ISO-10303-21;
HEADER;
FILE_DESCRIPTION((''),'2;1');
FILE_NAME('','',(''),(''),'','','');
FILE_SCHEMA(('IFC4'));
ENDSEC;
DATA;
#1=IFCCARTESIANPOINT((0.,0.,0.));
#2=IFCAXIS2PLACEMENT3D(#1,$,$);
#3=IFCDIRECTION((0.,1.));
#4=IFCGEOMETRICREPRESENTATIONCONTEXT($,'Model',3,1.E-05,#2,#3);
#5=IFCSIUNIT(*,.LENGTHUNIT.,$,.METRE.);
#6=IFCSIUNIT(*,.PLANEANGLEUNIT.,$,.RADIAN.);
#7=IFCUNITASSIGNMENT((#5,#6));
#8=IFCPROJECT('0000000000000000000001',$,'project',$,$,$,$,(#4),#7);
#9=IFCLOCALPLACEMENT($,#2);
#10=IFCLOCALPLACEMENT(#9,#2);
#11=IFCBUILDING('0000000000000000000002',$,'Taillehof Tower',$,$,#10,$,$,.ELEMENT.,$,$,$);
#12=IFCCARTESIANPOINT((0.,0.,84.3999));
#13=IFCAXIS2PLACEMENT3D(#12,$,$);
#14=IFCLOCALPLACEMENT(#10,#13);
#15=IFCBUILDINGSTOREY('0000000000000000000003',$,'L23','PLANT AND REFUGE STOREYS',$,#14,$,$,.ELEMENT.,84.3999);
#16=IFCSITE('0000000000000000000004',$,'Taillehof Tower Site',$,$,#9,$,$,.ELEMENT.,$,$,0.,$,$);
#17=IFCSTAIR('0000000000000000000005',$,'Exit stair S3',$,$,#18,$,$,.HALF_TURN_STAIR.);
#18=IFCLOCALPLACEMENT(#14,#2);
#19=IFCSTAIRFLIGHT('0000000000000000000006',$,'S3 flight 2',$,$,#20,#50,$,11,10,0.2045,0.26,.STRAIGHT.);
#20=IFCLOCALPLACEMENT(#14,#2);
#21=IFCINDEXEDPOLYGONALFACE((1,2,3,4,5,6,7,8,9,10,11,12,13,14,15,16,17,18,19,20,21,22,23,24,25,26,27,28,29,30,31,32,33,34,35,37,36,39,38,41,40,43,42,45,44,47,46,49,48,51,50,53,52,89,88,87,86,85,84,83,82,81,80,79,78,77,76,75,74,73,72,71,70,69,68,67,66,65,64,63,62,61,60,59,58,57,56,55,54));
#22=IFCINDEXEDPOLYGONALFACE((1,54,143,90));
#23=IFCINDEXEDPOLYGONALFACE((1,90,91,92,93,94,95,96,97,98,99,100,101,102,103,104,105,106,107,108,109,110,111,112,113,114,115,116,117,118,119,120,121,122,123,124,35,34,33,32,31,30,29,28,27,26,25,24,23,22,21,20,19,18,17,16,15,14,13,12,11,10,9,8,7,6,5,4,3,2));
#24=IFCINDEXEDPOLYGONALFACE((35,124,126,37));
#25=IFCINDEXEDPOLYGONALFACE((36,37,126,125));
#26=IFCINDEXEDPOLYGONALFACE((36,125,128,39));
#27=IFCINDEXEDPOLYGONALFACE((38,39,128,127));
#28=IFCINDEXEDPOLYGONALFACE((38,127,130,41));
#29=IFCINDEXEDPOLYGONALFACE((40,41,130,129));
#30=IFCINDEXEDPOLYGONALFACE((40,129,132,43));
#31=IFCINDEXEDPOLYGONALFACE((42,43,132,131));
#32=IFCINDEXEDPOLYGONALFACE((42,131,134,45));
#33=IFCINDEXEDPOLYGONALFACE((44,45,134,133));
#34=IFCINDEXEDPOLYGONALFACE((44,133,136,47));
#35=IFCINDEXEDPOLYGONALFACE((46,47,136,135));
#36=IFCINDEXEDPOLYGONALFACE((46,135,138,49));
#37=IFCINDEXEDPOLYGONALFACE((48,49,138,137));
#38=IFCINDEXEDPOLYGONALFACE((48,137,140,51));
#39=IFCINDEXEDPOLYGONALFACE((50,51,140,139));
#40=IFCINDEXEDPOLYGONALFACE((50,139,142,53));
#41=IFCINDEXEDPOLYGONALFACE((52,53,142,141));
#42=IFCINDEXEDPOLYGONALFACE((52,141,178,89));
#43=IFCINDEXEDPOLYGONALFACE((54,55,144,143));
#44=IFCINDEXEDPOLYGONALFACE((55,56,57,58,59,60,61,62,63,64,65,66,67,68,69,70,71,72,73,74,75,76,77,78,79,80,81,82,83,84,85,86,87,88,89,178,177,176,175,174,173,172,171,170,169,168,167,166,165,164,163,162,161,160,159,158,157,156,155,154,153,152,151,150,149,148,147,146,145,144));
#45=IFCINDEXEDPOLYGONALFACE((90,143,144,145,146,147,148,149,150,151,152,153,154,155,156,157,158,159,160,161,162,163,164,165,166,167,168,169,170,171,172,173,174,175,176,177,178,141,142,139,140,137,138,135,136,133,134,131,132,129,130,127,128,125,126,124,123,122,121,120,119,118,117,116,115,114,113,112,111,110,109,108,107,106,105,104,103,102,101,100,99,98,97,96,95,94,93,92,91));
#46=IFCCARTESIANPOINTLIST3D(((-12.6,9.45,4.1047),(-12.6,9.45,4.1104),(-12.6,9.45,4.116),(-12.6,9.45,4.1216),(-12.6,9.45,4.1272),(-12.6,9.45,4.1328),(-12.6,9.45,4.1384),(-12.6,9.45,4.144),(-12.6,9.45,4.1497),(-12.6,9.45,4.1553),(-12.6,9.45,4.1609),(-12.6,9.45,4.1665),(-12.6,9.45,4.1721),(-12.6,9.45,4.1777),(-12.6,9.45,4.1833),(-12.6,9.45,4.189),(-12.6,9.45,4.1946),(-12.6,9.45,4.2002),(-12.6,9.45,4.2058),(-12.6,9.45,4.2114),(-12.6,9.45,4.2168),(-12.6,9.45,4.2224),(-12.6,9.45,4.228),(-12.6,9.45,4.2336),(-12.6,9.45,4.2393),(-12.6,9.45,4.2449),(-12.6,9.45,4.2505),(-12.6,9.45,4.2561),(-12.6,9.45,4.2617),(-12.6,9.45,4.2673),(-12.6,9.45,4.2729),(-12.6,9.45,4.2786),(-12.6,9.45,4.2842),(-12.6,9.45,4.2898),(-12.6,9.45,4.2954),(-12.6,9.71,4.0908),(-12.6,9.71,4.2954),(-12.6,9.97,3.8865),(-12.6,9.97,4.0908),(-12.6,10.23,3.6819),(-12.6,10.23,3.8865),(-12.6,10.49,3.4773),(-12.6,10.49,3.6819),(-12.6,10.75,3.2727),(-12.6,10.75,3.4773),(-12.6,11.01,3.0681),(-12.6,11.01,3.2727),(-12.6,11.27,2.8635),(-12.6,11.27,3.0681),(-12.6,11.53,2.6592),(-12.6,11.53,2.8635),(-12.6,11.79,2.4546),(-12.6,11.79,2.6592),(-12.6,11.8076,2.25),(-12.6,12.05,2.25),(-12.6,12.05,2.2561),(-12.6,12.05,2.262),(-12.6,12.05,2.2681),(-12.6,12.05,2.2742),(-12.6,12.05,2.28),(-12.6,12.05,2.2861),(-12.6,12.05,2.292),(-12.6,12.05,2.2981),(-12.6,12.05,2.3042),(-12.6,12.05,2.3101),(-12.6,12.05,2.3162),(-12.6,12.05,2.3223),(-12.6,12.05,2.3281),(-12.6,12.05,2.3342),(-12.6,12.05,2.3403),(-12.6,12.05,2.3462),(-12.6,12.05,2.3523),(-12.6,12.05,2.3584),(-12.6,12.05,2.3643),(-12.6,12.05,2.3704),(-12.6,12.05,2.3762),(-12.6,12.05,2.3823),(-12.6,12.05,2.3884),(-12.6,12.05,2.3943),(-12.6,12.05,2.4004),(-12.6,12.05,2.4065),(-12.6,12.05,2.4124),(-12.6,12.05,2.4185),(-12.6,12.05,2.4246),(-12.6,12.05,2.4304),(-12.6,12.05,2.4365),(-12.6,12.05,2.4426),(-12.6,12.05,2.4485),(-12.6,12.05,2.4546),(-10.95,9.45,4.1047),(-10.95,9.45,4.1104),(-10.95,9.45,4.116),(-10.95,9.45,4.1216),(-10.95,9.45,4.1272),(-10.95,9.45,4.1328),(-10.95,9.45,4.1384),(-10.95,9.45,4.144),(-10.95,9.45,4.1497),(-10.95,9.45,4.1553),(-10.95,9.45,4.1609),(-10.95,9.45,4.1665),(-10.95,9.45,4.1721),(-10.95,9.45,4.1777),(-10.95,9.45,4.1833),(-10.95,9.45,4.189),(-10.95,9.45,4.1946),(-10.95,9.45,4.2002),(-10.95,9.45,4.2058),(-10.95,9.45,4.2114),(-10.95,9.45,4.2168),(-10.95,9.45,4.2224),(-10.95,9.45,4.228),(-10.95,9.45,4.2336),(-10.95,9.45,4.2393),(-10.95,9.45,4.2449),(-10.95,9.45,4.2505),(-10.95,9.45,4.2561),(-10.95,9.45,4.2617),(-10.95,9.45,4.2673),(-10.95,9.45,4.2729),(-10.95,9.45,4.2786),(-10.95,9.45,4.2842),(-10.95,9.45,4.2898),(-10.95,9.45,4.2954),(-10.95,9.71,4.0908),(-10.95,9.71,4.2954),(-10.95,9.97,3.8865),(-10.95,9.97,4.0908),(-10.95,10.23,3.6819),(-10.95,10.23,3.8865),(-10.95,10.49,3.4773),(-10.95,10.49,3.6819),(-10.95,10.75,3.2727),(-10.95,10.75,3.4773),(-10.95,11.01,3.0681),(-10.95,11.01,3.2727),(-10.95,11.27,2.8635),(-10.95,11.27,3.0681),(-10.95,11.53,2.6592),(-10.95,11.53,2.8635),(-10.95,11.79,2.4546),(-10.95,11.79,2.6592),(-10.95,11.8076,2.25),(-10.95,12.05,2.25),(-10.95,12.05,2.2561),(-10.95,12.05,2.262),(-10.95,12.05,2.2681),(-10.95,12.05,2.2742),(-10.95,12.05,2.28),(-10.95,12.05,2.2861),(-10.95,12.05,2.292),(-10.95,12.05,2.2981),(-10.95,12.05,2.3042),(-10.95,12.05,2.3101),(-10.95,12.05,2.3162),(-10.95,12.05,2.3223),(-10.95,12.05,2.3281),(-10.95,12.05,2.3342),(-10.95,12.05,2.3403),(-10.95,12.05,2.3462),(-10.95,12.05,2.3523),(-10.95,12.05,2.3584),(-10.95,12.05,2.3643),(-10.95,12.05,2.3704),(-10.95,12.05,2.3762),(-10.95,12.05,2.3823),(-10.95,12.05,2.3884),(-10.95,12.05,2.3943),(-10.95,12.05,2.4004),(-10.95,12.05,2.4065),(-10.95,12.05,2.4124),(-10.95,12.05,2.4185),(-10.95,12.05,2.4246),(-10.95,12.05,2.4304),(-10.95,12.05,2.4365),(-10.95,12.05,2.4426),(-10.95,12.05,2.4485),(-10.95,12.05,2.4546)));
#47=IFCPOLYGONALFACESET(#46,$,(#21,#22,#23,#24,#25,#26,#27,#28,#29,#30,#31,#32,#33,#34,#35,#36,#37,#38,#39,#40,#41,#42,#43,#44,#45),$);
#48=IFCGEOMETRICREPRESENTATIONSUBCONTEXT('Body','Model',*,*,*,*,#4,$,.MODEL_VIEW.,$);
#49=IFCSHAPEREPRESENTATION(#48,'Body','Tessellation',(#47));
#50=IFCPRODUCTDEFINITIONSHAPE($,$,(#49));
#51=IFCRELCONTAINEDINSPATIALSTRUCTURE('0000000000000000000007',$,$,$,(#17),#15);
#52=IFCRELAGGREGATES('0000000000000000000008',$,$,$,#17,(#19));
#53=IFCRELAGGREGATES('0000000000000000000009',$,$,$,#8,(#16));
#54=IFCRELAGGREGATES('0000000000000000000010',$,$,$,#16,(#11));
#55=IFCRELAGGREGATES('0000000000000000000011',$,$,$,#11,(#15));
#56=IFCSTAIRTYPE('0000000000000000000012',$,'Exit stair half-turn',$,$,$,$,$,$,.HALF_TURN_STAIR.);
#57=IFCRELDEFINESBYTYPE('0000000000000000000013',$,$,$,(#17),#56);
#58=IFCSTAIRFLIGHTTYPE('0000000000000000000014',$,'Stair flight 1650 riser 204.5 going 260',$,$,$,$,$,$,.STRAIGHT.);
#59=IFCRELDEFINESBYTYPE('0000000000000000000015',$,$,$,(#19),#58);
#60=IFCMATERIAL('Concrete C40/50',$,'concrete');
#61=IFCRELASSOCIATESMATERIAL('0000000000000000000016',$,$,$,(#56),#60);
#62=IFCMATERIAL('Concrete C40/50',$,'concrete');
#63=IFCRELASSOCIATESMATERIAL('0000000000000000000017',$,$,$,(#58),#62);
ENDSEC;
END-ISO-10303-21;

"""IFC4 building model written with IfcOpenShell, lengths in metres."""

from ifc_helpers import new_model, si_unit, direction, frame, origin, place, context, subcontext, project, spatial, polyline, outline, extrude, material, type_object, element, aggregate, save


model = new_model("IFC4")

# Units and contexts
model_context = context("Model", 3, precision=1e-05, world=origin(), true_north=direction((0.0, 1.0)))
body_context = subcontext(model_context, "Body", "Model", "MODEL_VIEW")
ifc_project = project(units=[si_unit("LENGTHUNIT", "METRE"), si_unit("PLANEANGLEUNIT", "RADIAN")], contexts=[model_context])

# Site, building, storey
site_placement = place(None, origin())
site = spatial("IfcSite", under=ifc_project, at=site_placement, Name="Taillehof Tower Site", CompositionType="ELEMENT", RefElevation=0.0)
building_placement = place(site_placement, origin())
building = spatial("IfcBuilding", under=site, at=building_placement, Name="Taillehof Tower", CompositionType="ELEMENT")
storey_placement = place(building_placement, frame((0.0, 0.0, 84.3999)))
storey = spatial("IfcBuildingStorey", under=building, at=storey_placement, Name="L23", Description="PLANT AND REFUGE STOREYS", CompositionType="ELEMENT", Elevation=84.3999)

# Stair, stair flight
ifc_material_1 = material(Name="Concrete C40/50", Category="concrete")
stair_type = type_object("IfcStairType", Name="Exit stair half-turn", PredefinedType="HALF_TURN_STAIR", material=ifc_material_1)
stair_placement = place(storey_placement, origin())
stair = element("IfcStair", 1, at=stair_placement, inside=storey, type_object=stair_type, Name="Exit stair S3", PredefinedType="HALF_TURN_STAIR")
ifc_material_2 = material(Name="Concrete C40/50", Category="concrete")
stair_flight_type = type_object("IfcStairFlightType", Name="Stair flight 1650 riser 204.5 going 260", PredefinedType="STRAIGHT", material=ifc_material_2)
stair_flight_1_placement = place(storey_placement, frame((-11.7749, 12.05, 2.25), z_axis=(0.0, 0.0, 1.0), x_axis=(0.0, -1.0, 0.0)))
stair_flight_1 = element("IfcStairFlight", 2, at=stair_flight_1_placement, type_object=stair_flight_type, Name="S3 flight 2", NumberOfRisers=11, NumberOfTreads=10, PredefinedType="STRAIGHT", RiserHeight=0.2045, TreadLength=0.26, context=body_context, shape_type="SweptSolid", body=[
    extrude(outline(polyline([(0.0, 0.0), (0.0, 0.0061), (0.0, 0.012), (0.0, 0.0181), (0.0, 0.0242), (0.0, 0.03), (0.0, 0.0361), (0.0, 0.042), (0.0, 0.0481), (0.0, 0.0542), (0.0, 0.0601), (0.0, 0.0662), (0.0, 0.0723), (0.0, 0.0781), (0.0, 0.0842), (0.0, 0.0903), (0.0, 0.0962), (0.0, 0.1023), (0.0, 0.1084), (0.0, 0.1143), (0.0, 0.1204), (0.0, 0.1262), (0.0, 0.1323), (0.0, 0.1384), (0.0, 0.1443), (0.0, 0.1504), (0.0, 0.1565), (0.0, 0.1624), (0.0, 0.1685), (0.0, 0.1746), (0.0, 0.1804), (0.0, 0.1865), (0.0, 0.1926), (0.0, 0.1985), (0.0, 0.2046), (0.26, 0.2046), (0.26, 0.4092), (0.52, 0.4092), (0.52, 0.6135), (0.78, 0.6135), (0.78, 0.8181), (1.04, 0.8181), (1.04, 1.0227), (1.3, 1.0227), (1.3, 1.2273), (1.5601, 1.2273), (1.5601, 1.4319), (1.8201, 1.4319), (1.8201, 1.6365), (2.0801, 1.6365), (2.0801, 1.8408), (2.3401, 1.8408), (2.3401, 2.0454), (2.6001, 2.0454), (2.6001, 2.0398), (2.6001, 2.0342), (2.6001, 2.0286), (2.6001, 2.0229), (2.6001, 2.0173), (2.6001, 2.0117), (2.6001, 2.0061), (2.6001, 2.0005), (2.6001, 1.9949), (2.6001, 1.9893), (2.6001, 1.9836), (2.6001, 1.978), (2.6001, 1.9724), (2.6001, 1.9668), (2.6001, 1.9614), (2.6001, 1.9558), (2.6001, 1.9502), (2.6001, 1.9446), (2.6001, 1.939), (2.6001, 1.9333), (2.6001, 1.9277), (2.6001, 1.9221), (2.6001, 1.9165), (2.6001, 1.9109), (2.6001, 1.9053), (2.6001, 1.8997), (2.6001, 1.894), (2.6001, 1.8884), (2.6001, 1.8828), (2.6001, 1.8772), (2.6001, 1.8716), (2.6001, 1.866), (2.6001, 1.8604), (2.6001, 1.8547), (0.2424, 0.0), (0.0, 0.0)])), frame((0.0, 0.825, 0.0), z_axis=(0.0, -1.0, 0.0), x_axis=(1.0, 0.0, 0.0)), (0.0, 0.0, 1.0), 1.65),
])
aggregate(stair, [stair_flight_1])

save(model, "model.ifc")
